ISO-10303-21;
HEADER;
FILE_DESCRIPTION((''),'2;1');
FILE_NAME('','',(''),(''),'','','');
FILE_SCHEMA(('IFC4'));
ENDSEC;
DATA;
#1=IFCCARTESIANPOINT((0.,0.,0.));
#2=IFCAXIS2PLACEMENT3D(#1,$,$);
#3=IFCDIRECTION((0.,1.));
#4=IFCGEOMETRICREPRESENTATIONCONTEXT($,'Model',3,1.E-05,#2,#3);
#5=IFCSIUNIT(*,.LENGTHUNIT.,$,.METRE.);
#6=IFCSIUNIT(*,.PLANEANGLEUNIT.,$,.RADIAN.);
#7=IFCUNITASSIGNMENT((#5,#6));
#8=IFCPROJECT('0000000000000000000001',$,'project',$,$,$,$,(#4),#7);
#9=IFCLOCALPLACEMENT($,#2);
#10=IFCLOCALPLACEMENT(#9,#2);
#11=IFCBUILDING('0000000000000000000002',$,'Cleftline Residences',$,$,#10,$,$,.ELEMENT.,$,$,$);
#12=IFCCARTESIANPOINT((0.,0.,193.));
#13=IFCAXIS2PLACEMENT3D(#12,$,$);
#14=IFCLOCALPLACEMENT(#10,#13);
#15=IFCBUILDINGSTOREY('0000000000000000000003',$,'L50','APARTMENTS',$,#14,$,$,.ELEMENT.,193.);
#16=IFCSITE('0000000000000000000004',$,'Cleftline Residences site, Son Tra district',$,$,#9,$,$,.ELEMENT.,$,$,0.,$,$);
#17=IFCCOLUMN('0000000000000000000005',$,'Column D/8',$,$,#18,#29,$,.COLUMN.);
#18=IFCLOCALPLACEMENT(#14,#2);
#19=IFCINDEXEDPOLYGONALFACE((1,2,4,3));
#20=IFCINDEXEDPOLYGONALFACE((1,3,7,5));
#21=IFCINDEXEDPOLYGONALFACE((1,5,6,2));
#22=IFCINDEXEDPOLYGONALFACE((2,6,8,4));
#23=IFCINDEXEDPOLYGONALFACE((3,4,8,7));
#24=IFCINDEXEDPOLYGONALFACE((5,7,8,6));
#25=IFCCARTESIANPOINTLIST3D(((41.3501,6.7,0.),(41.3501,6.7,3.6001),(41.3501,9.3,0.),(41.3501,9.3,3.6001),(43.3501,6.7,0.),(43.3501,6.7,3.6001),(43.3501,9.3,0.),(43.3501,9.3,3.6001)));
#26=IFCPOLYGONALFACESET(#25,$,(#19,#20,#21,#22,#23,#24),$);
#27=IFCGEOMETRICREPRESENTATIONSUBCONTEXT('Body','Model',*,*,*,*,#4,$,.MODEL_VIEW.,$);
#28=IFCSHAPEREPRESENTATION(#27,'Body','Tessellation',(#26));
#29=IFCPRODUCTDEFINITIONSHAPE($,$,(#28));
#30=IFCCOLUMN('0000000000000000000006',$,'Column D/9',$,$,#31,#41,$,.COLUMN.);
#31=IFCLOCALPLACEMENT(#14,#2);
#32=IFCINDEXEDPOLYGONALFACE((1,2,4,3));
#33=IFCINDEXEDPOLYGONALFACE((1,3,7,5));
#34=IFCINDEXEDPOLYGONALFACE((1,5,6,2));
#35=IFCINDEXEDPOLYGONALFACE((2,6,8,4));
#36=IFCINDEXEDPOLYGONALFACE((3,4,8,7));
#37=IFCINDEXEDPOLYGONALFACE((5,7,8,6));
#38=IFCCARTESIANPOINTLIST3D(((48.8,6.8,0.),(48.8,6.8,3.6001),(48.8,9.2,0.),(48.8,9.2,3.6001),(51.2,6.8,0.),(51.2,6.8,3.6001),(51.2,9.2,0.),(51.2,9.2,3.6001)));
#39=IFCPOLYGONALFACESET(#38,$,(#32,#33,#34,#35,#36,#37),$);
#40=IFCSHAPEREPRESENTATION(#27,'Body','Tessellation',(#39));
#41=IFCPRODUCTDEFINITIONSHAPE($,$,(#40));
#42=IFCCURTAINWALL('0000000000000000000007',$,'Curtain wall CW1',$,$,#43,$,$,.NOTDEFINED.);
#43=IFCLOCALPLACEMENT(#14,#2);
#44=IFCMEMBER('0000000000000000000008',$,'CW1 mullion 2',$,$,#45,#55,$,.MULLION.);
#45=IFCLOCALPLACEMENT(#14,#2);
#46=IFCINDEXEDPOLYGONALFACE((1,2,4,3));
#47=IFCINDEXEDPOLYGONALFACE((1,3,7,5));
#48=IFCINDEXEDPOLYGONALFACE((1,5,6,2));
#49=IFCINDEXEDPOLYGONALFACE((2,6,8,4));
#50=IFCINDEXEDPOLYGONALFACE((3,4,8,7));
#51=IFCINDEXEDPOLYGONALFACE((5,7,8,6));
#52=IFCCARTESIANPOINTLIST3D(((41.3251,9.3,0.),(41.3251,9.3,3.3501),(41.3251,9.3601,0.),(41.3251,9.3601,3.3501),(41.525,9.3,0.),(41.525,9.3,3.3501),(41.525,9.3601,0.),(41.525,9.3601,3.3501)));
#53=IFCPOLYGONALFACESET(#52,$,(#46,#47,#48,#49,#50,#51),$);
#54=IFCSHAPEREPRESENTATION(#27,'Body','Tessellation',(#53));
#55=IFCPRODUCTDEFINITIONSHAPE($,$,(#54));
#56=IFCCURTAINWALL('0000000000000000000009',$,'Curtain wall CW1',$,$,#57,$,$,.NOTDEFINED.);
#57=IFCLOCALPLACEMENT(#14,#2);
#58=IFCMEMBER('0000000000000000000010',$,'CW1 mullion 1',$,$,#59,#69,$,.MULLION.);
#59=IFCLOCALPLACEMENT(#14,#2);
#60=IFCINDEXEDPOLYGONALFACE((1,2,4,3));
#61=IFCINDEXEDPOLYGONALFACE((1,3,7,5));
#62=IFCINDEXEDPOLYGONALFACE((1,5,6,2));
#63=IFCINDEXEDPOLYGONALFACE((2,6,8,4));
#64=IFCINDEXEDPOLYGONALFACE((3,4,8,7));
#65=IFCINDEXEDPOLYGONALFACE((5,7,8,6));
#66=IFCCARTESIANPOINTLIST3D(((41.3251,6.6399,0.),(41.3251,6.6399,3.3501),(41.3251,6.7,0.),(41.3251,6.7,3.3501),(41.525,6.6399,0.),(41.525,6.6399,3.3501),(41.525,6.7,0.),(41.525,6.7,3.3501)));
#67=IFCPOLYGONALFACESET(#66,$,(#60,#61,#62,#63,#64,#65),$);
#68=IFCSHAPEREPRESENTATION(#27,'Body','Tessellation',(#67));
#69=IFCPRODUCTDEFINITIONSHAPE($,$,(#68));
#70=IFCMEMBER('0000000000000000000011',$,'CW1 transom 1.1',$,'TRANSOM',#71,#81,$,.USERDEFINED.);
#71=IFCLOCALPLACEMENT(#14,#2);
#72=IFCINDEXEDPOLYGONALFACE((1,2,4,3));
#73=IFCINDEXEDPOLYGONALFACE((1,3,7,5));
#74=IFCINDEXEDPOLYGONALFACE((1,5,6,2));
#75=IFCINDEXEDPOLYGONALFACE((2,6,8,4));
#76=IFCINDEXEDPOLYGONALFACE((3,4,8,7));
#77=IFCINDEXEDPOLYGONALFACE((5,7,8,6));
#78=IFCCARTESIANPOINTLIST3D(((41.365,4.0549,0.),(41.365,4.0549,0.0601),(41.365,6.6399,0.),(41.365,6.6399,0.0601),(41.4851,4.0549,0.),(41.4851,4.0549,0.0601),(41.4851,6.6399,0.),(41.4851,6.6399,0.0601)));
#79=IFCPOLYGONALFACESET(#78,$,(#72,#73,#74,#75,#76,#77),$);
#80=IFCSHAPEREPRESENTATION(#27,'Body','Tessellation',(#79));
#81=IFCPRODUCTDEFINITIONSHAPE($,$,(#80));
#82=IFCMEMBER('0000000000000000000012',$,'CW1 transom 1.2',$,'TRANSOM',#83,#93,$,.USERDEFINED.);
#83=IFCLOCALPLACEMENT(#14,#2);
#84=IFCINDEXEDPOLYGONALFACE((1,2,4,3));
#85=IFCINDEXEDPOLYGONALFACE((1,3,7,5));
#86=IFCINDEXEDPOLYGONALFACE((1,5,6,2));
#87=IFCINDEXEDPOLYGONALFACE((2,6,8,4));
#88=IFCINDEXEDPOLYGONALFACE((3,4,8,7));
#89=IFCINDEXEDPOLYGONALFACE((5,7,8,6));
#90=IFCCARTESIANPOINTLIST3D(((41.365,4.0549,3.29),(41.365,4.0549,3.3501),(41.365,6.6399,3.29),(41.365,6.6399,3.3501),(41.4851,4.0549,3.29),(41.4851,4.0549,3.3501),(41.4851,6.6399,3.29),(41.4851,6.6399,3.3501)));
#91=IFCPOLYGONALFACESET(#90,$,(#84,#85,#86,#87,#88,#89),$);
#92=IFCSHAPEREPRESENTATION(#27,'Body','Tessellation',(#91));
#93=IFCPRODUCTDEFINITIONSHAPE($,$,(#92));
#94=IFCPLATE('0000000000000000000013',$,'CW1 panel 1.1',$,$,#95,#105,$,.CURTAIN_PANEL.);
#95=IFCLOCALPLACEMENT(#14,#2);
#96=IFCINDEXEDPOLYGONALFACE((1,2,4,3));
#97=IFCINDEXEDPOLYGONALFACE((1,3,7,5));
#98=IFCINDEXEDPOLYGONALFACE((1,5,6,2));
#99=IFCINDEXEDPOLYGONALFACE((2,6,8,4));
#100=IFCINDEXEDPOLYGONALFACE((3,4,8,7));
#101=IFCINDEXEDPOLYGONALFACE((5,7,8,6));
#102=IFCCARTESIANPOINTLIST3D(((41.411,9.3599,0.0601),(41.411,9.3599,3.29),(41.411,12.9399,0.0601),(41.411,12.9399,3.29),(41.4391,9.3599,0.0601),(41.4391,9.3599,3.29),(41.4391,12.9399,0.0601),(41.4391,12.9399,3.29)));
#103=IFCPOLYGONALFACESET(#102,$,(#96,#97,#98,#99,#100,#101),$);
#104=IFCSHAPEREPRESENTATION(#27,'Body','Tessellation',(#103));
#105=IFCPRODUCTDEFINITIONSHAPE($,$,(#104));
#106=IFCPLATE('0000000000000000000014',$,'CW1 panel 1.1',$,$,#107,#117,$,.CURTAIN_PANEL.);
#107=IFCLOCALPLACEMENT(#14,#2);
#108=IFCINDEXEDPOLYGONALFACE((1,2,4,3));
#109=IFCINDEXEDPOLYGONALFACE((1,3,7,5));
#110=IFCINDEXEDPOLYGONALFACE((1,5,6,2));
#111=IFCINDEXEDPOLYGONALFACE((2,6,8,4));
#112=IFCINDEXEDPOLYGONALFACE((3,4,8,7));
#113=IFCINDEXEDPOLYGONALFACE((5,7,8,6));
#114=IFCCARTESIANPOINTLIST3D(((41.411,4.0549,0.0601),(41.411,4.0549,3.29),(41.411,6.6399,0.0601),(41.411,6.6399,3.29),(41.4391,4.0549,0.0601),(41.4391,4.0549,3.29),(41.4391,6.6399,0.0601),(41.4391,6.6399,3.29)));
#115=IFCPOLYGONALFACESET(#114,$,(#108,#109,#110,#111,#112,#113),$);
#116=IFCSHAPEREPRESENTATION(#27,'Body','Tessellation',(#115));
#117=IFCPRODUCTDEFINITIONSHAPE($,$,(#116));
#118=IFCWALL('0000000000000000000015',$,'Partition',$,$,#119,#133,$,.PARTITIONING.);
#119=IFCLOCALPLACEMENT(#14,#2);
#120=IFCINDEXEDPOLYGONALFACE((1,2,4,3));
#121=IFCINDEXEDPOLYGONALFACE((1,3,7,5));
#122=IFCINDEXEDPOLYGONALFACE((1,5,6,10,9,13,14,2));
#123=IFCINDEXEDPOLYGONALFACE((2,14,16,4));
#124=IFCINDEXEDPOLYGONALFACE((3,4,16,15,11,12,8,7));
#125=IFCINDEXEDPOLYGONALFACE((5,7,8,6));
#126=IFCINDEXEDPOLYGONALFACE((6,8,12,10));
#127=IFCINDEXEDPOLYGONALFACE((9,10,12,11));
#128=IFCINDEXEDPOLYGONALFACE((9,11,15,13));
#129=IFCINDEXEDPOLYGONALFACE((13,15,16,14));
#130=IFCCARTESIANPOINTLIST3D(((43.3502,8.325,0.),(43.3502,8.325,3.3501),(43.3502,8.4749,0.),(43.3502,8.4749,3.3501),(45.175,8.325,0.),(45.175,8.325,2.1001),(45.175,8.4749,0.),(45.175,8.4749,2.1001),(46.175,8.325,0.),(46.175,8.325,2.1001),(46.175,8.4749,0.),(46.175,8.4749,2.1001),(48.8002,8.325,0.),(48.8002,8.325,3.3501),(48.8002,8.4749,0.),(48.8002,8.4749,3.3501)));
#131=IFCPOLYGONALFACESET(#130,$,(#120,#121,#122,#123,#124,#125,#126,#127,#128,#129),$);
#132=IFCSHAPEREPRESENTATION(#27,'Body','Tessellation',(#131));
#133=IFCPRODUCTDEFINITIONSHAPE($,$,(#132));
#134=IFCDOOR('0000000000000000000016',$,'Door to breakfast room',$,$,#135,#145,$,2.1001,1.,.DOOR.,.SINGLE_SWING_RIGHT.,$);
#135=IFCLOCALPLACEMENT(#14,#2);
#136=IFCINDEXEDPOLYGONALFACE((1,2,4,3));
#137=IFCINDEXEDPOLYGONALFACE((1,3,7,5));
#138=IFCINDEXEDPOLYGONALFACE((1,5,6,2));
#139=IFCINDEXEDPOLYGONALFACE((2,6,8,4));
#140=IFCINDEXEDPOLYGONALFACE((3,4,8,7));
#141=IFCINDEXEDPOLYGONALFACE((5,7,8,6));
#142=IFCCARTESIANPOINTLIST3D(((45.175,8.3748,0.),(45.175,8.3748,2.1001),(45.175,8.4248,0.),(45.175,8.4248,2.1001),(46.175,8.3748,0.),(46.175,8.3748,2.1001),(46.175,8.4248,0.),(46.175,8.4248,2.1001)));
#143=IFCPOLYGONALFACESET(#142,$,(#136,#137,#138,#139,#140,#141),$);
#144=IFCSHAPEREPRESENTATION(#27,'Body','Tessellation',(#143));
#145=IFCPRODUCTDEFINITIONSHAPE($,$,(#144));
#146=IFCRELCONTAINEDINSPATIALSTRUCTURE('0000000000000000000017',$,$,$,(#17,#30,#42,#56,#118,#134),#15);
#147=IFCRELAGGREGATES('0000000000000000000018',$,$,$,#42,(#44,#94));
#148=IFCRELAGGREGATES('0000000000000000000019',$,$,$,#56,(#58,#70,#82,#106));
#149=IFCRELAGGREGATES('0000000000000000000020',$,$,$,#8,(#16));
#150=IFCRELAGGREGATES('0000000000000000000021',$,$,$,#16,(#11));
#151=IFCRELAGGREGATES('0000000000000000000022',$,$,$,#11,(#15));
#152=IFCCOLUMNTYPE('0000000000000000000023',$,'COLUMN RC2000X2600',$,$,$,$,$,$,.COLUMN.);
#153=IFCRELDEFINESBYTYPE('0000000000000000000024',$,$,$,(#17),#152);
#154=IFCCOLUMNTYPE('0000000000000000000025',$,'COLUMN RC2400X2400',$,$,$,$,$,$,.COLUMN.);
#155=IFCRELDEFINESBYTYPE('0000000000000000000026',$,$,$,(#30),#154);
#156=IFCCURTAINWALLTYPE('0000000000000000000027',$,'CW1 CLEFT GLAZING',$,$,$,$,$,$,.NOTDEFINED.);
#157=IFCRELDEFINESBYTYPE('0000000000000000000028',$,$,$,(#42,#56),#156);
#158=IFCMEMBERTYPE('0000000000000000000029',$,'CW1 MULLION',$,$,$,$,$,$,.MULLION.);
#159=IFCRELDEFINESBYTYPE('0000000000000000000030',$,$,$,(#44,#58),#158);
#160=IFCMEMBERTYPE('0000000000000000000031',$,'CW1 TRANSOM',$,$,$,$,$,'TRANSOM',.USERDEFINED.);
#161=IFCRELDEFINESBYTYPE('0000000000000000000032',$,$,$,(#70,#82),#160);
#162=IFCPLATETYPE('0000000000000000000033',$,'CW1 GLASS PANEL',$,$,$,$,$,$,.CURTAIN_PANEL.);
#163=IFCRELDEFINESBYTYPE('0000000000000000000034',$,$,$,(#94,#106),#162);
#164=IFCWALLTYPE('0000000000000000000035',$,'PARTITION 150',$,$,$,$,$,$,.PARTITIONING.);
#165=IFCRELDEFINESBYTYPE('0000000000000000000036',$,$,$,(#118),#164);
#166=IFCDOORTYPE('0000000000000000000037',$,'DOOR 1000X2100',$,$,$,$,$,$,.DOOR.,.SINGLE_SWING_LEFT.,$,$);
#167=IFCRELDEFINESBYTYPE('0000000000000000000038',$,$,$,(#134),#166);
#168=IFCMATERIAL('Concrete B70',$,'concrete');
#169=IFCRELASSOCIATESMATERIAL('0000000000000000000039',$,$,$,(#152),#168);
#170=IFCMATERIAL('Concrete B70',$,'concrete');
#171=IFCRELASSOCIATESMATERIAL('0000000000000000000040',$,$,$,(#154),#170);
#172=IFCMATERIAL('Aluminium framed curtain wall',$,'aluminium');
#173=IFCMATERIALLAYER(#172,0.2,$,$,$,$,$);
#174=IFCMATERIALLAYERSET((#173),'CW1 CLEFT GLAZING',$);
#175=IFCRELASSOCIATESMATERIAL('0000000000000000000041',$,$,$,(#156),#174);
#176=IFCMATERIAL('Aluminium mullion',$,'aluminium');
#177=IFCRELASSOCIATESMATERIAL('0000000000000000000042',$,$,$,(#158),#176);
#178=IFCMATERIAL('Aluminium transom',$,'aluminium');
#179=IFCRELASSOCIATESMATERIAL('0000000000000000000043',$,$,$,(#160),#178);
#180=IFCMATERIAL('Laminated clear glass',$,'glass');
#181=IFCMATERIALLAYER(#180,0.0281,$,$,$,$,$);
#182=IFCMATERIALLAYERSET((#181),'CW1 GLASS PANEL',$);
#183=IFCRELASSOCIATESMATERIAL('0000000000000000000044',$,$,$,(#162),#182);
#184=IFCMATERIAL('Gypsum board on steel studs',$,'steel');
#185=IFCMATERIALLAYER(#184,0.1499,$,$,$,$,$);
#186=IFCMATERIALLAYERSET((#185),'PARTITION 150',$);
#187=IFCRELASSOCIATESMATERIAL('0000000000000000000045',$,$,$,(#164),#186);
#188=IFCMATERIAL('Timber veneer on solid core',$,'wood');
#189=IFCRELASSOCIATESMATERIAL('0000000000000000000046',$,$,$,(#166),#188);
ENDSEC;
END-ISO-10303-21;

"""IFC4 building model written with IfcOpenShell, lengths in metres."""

from ifc_helpers import new_model, si_unit, direction, frame, frame_2d, origin, origin_2d, place, context, subcontext, project, spatial, rectangle, extrude, material, layer, layer_set, material_profile, profile_set, type_object, element, fill, aggregate, save


model = new_model("IFC4")

# Units and contexts
model_context = context("Model", 3, precision=1e-05, world=origin(), true_north=direction((0.0, 1.0)))
body_context = subcontext(model_context, "Body", "Model", "MODEL_VIEW")
ifc_project = project(units=[si_unit("LENGTHUNIT", "METRE"), si_unit("PLANEANGLEUNIT", "RADIAN")], contexts=[model_context])

# Site, building, storey
site_placement = place(None, origin())
site = spatial("IfcSite", under=ifc_project, at=site_placement, Name="Cleftline Residences site, Son Tra district", CompositionType="ELEMENT", RefElevation=0.0)
building_placement = place(site_placement, origin())
building = spatial("IfcBuilding", under=site, at=building_placement, Name="Cleftline Residences", CompositionType="ELEMENT")
storey_placement = place(building_placement, frame((0.0, 0.0, 193.0)))
storey = spatial("IfcBuildingStorey", under=building, at=storey_placement, Name="L50", Description="APARTMENTS", CompositionType="ELEMENT", Elevation=193.0)

# Columns
ifc_material_1 = material(Name="Concrete B70", Category="concrete")
ifc_material_profile_1 = material_profile(ifc_material_1, rectangle(XDim=2.0, YDim=2.6001, at=origin_2d()))
ifc_profile_set_1 = profile_set([ifc_material_profile_1], Name="Concrete B70")
column_type_1 = type_object("IfcColumnType", Name="COLUMN RC2000X2600", PredefinedType="COLUMN", material=ifc_profile_set_1)
column_1_placement = place(storey_placement, frame((42.3501, 8.0, 0.0), z_axis=(0.0, 0.0, 1.0), x_axis=(1.0, 0.0, 0.0)))
element("IfcColumn", 1, at=column_1_placement, inside=storey, type_object=column_type_1, Name="Column D/8", PredefinedType="COLUMN", context=body_context, shape_type="SweptSolid", body=[
    extrude(rectangle(XDim=2.0, YDim=2.6001, at=origin_2d()), origin(), (0.0, 0.0, 1.0), 3.6001),
])
ifc_material_2 = material(Name="Concrete B70", Category="concrete")
ifc_material_profile_2 = material_profile(ifc_material_2, rectangle(XDim=2.3999, YDim=2.3999, at=origin_2d()))
ifc_profile_set_2 = profile_set([ifc_material_profile_2], Name="Concrete B70")
column_type_2 = type_object("IfcColumnType", Name="COLUMN RC2400X2400", PredefinedType="COLUMN", material=ifc_profile_set_2)
column_2_placement = place(storey_placement, frame((50.0, 8.0, 0.0), z_axis=(0.0, 0.0, 1.0), x_axis=(1.0, 0.0, 0.0)))
element("IfcColumn", 2, at=column_2_placement, inside=storey, type_object=column_type_2, Name="Column D/9", PredefinedType="COLUMN", context=body_context, shape_type="SweptSolid", body=[
    extrude(rectangle(XDim=2.3999, YDim=2.3999, at=origin_2d()), origin(), (0.0, 0.0, 1.0), 3.6001),
])

# Curtain wall, member
ifc_material_3 = material(Name="Aluminium framed curtain wall", Category="aluminium")
ifc_layer_1 = layer(ifc_material_3, 0.2)
ifc_layer_set_1 = layer_set([ifc_layer_1], Name="CW1 CLEFT GLAZING")
curtain_wall_type = type_object("IfcCurtainWallType", Name="CW1 CLEFT GLAZING", PredefinedType="NOTDEFINED", material=ifc_layer_set_1)
curtain_wall_1_placement = place(storey_placement, origin())
curtain_wall_1 = element("IfcCurtainWall", 3, at=curtain_wall_1_placement, inside=storey, type_object=curtain_wall_type, Name="Curtain wall CW1", PredefinedType="NOTDEFINED")
ifc_material_4 = material(Name="Aluminium mullion", Category="aluminium")
ifc_material_profile_3 = material_profile(ifc_material_4, rectangle(XDim=0.2, YDim=0.0601, at=origin_2d()))
ifc_profile_set_3 = profile_set([ifc_material_profile_3], Name="Aluminium mullion")
member_type_1 = type_object("IfcMemberType", Name="CW1 MULLION", PredefinedType="MULLION", material=ifc_profile_set_3)
member_1_placement = place(storey_placement, frame((41.425, 9.3301, 0.0), z_axis=(0.0, 0.0, 1.0), x_axis=(1.0, 0.0, 0.0)))
member_1 = element("IfcMember", 4, at=member_1_placement, type_object=member_type_1, Name="CW1 mullion 2", PredefinedType="MULLION", context=body_context, shape_type="SweptSolid", body=[
    extrude(rectangle(XDim=0.2, YDim=0.0601, at=origin_2d()), origin(), (0.0, 0.0, 1.0), 3.3501),
])

# Curtain wall, members
curtain_wall_2_placement = place(storey_placement, origin())
curtain_wall_2 = element("IfcCurtainWall", 5, at=curtain_wall_2_placement, inside=storey, type_object=curtain_wall_type, Name="Curtain wall CW1", PredefinedType="NOTDEFINED")
member_2_placement = place(storey_placement, frame((41.425, 6.6699, 0.0), z_axis=(0.0, 0.0, 1.0), x_axis=(1.0, 0.0, 0.0)))
member_2 = element("IfcMember", 6, at=member_2_placement, type_object=member_type_1, Name="CW1 mullion 1", PredefinedType="MULLION", context=body_context, shape_type="SweptSolid", body=[
    extrude(rectangle(XDim=0.2, YDim=0.0601, at=origin_2d()), origin(), (0.0, 0.0, 1.0), 3.3501),
])
ifc_material_5 = material(Name="Aluminium transom", Category="aluminium")
ifc_material_profile_4 = material_profile(ifc_material_5, rectangle(XDim=0.1201, YDim=0.0601, at=origin_2d()))
ifc_profile_set_4 = profile_set([ifc_material_profile_4], Name="Aluminium transom")
member_type_2 = type_object("IfcMemberType", Name="CW1 TRANSOM", ElementType="TRANSOM", PredefinedType="USERDEFINED", material=ifc_profile_set_4)
member_3_placement = place(storey_placement, frame((41.425, 6.6399, 0.03), z_axis=(0.0, -1.0, 0.0), x_axis=(1.0, 0.0, 0.0)))
member_3 = element("IfcMember", 7, at=member_3_placement, type_object=member_type_2, Name="CW1 transom 1.1", ObjectType="TRANSOM", PredefinedType="USERDEFINED", context=body_context, shape_type="SweptSolid", body=[
    extrude(rectangle(XDim=0.1201, YDim=0.0601, at=origin_2d()), origin(), (0.0, 0.0, 1.0), 2.585),
])
member_4_placement = place(storey_placement, frame((41.425, 6.6399, 3.3201), z_axis=(0.0, -1.0, 0.0), x_axis=(1.0, 0.0, 0.0)))
member_4 = element("IfcMember", 8, at=member_4_placement, type_object=member_type_2, Name="CW1 transom 1.2", ObjectType="TRANSOM", PredefinedType="USERDEFINED", context=body_context, shape_type="SweptSolid", body=[
    extrude(rectangle(XDim=0.1201, YDim=0.0601, at=origin_2d()), origin(), (0.0, 0.0, 1.0), 2.585),
])

# Plates
ifc_material_6 = material(Name="Laminated clear glass", Category="glass")
ifc_layer_2 = layer(ifc_material_6, 0.0281)
ifc_layer_set_2 = layer_set([ifc_layer_2], Name="CW1 GLASS PANEL")
plate_type = type_object("IfcPlateType", Name="CW1 GLASS PANEL", PredefinedType="CURTAIN_PANEL", material=ifc_layer_set_2)
plate_1_placement = place(storey_placement, frame((41.425, 11.1499, 0.0601), z_axis=(0.0, 0.0, 1.0), x_axis=(0.0, -1.0, 0.0)))
plate_1 = element("IfcPlate", 9, at=plate_1_placement, type_object=plate_type, Name="CW1 panel 1.1", PredefinedType="CURTAIN_PANEL", context=body_context, shape_type="SweptSolid", body=[
    extrude(rectangle(XDim=3.5801, YDim=0.0281, at=origin_2d()), origin(), (0.0, 0.0, 1.0), 3.23),
])
aggregate(curtain_wall_1, [member_1, plate_1])
plate_2_placement = place(storey_placement, frame((41.425, 5.3474, 0.0601), z_axis=(0.0, 0.0, 1.0), x_axis=(0.0, -1.0, 0.0)))
plate_2 = element("IfcPlate", 10, at=plate_2_placement, type_object=plate_type, Name="CW1 panel 1.1", PredefinedType="CURTAIN_PANEL", context=body_context, shape_type="SweptSolid", body=[
    extrude(rectangle(XDim=2.585, YDim=0.0281, at=origin_2d()), origin(), (0.0, 0.0, 1.0), 3.23),
])
aggregate(curtain_wall_2, [member_2, member_3, member_4, plate_2])

# Wall, opening, door
ifc_material_7 = material(Name="Gypsum board on steel studs", Category="steel")
ifc_layer_3 = layer(ifc_material_7, 0.1499)
ifc_layer_set_3 = layer_set([ifc_layer_3], Name="PARTITION 150")
wall_type = type_object("IfcWallType", Name="PARTITION 150", PredefinedType="PARTITIONING", material=ifc_layer_set_3)
wall_1_placement = place(storey_placement, frame((43.3501, 8.3999, 0.0), z_axis=(0.0, 0.0, 1.0), x_axis=(1.0, 0.0, 0.0)))
wall_1 = element("IfcWall", 11, at=wall_1_placement, inside=storey, type_object=wall_type, Name="Partition", PredefinedType="PARTITIONING", context=body_context, shape_type="SweptSolid", body=[
    extrude(rectangle(XDim=5.45, YDim=0.1499, at=frame_2d((2.7251, 0.0))), origin(), (0.0, 0.0, 1.0), 3.3501),
])
opening_1_placement = place(wall_1_placement, frame((1.825, 0.0, 0.0)))
opening_1 = element("IfcOpeningElement", 12, at=opening_1_placement, cuts=wall_1, PredefinedType="OPENING", context=body_context, shape_type="SweptSolid", body=[
    extrude(rectangle(XDim=1.0, YDim=2.1001, at=frame_2d((0.5, 1.05))), frame((0.0, 0.085, 0.0), z_axis=(0.0, -1.0, 0.0), x_axis=(1.0, 0.0, 0.0)), (0.0, 0.0, 1.0), 0.1699),
])
ifc_material_8 = material(Name="Timber veneer on solid core", Category="wood")
door_type_1 = type_object("IfcDoorType", Name="DOOR 1000X2100", OperationType="SINGLE_SWING_LEFT", PredefinedType="DOOR", material=ifc_material_8)
door_1_placement = place(opening_1_placement, origin())
door_1 = element("IfcDoor", 13, at=door_1_placement, inside=storey, type_object=door_type_1, Name="Door to breakfast room", OperationType="SINGLE_SWING_RIGHT", OverallHeight=2.1001, OverallWidth=1.0, PredefinedType="DOOR", context=body_context, shape_type="SweptSolid", body=[
    extrude(rectangle(XDim=1.0, YDim=2.1001, at=frame_2d((0.5, 1.05))), frame((0.0, 0.0249, 0.0), z_axis=(0.0, -1.0, 0.0), x_axis=(1.0, 0.0, 0.0)), (0.0, 0.0, 1.0), 0.05),
])
fill(opening_1, door_1)

save(model, "model.ifc")
